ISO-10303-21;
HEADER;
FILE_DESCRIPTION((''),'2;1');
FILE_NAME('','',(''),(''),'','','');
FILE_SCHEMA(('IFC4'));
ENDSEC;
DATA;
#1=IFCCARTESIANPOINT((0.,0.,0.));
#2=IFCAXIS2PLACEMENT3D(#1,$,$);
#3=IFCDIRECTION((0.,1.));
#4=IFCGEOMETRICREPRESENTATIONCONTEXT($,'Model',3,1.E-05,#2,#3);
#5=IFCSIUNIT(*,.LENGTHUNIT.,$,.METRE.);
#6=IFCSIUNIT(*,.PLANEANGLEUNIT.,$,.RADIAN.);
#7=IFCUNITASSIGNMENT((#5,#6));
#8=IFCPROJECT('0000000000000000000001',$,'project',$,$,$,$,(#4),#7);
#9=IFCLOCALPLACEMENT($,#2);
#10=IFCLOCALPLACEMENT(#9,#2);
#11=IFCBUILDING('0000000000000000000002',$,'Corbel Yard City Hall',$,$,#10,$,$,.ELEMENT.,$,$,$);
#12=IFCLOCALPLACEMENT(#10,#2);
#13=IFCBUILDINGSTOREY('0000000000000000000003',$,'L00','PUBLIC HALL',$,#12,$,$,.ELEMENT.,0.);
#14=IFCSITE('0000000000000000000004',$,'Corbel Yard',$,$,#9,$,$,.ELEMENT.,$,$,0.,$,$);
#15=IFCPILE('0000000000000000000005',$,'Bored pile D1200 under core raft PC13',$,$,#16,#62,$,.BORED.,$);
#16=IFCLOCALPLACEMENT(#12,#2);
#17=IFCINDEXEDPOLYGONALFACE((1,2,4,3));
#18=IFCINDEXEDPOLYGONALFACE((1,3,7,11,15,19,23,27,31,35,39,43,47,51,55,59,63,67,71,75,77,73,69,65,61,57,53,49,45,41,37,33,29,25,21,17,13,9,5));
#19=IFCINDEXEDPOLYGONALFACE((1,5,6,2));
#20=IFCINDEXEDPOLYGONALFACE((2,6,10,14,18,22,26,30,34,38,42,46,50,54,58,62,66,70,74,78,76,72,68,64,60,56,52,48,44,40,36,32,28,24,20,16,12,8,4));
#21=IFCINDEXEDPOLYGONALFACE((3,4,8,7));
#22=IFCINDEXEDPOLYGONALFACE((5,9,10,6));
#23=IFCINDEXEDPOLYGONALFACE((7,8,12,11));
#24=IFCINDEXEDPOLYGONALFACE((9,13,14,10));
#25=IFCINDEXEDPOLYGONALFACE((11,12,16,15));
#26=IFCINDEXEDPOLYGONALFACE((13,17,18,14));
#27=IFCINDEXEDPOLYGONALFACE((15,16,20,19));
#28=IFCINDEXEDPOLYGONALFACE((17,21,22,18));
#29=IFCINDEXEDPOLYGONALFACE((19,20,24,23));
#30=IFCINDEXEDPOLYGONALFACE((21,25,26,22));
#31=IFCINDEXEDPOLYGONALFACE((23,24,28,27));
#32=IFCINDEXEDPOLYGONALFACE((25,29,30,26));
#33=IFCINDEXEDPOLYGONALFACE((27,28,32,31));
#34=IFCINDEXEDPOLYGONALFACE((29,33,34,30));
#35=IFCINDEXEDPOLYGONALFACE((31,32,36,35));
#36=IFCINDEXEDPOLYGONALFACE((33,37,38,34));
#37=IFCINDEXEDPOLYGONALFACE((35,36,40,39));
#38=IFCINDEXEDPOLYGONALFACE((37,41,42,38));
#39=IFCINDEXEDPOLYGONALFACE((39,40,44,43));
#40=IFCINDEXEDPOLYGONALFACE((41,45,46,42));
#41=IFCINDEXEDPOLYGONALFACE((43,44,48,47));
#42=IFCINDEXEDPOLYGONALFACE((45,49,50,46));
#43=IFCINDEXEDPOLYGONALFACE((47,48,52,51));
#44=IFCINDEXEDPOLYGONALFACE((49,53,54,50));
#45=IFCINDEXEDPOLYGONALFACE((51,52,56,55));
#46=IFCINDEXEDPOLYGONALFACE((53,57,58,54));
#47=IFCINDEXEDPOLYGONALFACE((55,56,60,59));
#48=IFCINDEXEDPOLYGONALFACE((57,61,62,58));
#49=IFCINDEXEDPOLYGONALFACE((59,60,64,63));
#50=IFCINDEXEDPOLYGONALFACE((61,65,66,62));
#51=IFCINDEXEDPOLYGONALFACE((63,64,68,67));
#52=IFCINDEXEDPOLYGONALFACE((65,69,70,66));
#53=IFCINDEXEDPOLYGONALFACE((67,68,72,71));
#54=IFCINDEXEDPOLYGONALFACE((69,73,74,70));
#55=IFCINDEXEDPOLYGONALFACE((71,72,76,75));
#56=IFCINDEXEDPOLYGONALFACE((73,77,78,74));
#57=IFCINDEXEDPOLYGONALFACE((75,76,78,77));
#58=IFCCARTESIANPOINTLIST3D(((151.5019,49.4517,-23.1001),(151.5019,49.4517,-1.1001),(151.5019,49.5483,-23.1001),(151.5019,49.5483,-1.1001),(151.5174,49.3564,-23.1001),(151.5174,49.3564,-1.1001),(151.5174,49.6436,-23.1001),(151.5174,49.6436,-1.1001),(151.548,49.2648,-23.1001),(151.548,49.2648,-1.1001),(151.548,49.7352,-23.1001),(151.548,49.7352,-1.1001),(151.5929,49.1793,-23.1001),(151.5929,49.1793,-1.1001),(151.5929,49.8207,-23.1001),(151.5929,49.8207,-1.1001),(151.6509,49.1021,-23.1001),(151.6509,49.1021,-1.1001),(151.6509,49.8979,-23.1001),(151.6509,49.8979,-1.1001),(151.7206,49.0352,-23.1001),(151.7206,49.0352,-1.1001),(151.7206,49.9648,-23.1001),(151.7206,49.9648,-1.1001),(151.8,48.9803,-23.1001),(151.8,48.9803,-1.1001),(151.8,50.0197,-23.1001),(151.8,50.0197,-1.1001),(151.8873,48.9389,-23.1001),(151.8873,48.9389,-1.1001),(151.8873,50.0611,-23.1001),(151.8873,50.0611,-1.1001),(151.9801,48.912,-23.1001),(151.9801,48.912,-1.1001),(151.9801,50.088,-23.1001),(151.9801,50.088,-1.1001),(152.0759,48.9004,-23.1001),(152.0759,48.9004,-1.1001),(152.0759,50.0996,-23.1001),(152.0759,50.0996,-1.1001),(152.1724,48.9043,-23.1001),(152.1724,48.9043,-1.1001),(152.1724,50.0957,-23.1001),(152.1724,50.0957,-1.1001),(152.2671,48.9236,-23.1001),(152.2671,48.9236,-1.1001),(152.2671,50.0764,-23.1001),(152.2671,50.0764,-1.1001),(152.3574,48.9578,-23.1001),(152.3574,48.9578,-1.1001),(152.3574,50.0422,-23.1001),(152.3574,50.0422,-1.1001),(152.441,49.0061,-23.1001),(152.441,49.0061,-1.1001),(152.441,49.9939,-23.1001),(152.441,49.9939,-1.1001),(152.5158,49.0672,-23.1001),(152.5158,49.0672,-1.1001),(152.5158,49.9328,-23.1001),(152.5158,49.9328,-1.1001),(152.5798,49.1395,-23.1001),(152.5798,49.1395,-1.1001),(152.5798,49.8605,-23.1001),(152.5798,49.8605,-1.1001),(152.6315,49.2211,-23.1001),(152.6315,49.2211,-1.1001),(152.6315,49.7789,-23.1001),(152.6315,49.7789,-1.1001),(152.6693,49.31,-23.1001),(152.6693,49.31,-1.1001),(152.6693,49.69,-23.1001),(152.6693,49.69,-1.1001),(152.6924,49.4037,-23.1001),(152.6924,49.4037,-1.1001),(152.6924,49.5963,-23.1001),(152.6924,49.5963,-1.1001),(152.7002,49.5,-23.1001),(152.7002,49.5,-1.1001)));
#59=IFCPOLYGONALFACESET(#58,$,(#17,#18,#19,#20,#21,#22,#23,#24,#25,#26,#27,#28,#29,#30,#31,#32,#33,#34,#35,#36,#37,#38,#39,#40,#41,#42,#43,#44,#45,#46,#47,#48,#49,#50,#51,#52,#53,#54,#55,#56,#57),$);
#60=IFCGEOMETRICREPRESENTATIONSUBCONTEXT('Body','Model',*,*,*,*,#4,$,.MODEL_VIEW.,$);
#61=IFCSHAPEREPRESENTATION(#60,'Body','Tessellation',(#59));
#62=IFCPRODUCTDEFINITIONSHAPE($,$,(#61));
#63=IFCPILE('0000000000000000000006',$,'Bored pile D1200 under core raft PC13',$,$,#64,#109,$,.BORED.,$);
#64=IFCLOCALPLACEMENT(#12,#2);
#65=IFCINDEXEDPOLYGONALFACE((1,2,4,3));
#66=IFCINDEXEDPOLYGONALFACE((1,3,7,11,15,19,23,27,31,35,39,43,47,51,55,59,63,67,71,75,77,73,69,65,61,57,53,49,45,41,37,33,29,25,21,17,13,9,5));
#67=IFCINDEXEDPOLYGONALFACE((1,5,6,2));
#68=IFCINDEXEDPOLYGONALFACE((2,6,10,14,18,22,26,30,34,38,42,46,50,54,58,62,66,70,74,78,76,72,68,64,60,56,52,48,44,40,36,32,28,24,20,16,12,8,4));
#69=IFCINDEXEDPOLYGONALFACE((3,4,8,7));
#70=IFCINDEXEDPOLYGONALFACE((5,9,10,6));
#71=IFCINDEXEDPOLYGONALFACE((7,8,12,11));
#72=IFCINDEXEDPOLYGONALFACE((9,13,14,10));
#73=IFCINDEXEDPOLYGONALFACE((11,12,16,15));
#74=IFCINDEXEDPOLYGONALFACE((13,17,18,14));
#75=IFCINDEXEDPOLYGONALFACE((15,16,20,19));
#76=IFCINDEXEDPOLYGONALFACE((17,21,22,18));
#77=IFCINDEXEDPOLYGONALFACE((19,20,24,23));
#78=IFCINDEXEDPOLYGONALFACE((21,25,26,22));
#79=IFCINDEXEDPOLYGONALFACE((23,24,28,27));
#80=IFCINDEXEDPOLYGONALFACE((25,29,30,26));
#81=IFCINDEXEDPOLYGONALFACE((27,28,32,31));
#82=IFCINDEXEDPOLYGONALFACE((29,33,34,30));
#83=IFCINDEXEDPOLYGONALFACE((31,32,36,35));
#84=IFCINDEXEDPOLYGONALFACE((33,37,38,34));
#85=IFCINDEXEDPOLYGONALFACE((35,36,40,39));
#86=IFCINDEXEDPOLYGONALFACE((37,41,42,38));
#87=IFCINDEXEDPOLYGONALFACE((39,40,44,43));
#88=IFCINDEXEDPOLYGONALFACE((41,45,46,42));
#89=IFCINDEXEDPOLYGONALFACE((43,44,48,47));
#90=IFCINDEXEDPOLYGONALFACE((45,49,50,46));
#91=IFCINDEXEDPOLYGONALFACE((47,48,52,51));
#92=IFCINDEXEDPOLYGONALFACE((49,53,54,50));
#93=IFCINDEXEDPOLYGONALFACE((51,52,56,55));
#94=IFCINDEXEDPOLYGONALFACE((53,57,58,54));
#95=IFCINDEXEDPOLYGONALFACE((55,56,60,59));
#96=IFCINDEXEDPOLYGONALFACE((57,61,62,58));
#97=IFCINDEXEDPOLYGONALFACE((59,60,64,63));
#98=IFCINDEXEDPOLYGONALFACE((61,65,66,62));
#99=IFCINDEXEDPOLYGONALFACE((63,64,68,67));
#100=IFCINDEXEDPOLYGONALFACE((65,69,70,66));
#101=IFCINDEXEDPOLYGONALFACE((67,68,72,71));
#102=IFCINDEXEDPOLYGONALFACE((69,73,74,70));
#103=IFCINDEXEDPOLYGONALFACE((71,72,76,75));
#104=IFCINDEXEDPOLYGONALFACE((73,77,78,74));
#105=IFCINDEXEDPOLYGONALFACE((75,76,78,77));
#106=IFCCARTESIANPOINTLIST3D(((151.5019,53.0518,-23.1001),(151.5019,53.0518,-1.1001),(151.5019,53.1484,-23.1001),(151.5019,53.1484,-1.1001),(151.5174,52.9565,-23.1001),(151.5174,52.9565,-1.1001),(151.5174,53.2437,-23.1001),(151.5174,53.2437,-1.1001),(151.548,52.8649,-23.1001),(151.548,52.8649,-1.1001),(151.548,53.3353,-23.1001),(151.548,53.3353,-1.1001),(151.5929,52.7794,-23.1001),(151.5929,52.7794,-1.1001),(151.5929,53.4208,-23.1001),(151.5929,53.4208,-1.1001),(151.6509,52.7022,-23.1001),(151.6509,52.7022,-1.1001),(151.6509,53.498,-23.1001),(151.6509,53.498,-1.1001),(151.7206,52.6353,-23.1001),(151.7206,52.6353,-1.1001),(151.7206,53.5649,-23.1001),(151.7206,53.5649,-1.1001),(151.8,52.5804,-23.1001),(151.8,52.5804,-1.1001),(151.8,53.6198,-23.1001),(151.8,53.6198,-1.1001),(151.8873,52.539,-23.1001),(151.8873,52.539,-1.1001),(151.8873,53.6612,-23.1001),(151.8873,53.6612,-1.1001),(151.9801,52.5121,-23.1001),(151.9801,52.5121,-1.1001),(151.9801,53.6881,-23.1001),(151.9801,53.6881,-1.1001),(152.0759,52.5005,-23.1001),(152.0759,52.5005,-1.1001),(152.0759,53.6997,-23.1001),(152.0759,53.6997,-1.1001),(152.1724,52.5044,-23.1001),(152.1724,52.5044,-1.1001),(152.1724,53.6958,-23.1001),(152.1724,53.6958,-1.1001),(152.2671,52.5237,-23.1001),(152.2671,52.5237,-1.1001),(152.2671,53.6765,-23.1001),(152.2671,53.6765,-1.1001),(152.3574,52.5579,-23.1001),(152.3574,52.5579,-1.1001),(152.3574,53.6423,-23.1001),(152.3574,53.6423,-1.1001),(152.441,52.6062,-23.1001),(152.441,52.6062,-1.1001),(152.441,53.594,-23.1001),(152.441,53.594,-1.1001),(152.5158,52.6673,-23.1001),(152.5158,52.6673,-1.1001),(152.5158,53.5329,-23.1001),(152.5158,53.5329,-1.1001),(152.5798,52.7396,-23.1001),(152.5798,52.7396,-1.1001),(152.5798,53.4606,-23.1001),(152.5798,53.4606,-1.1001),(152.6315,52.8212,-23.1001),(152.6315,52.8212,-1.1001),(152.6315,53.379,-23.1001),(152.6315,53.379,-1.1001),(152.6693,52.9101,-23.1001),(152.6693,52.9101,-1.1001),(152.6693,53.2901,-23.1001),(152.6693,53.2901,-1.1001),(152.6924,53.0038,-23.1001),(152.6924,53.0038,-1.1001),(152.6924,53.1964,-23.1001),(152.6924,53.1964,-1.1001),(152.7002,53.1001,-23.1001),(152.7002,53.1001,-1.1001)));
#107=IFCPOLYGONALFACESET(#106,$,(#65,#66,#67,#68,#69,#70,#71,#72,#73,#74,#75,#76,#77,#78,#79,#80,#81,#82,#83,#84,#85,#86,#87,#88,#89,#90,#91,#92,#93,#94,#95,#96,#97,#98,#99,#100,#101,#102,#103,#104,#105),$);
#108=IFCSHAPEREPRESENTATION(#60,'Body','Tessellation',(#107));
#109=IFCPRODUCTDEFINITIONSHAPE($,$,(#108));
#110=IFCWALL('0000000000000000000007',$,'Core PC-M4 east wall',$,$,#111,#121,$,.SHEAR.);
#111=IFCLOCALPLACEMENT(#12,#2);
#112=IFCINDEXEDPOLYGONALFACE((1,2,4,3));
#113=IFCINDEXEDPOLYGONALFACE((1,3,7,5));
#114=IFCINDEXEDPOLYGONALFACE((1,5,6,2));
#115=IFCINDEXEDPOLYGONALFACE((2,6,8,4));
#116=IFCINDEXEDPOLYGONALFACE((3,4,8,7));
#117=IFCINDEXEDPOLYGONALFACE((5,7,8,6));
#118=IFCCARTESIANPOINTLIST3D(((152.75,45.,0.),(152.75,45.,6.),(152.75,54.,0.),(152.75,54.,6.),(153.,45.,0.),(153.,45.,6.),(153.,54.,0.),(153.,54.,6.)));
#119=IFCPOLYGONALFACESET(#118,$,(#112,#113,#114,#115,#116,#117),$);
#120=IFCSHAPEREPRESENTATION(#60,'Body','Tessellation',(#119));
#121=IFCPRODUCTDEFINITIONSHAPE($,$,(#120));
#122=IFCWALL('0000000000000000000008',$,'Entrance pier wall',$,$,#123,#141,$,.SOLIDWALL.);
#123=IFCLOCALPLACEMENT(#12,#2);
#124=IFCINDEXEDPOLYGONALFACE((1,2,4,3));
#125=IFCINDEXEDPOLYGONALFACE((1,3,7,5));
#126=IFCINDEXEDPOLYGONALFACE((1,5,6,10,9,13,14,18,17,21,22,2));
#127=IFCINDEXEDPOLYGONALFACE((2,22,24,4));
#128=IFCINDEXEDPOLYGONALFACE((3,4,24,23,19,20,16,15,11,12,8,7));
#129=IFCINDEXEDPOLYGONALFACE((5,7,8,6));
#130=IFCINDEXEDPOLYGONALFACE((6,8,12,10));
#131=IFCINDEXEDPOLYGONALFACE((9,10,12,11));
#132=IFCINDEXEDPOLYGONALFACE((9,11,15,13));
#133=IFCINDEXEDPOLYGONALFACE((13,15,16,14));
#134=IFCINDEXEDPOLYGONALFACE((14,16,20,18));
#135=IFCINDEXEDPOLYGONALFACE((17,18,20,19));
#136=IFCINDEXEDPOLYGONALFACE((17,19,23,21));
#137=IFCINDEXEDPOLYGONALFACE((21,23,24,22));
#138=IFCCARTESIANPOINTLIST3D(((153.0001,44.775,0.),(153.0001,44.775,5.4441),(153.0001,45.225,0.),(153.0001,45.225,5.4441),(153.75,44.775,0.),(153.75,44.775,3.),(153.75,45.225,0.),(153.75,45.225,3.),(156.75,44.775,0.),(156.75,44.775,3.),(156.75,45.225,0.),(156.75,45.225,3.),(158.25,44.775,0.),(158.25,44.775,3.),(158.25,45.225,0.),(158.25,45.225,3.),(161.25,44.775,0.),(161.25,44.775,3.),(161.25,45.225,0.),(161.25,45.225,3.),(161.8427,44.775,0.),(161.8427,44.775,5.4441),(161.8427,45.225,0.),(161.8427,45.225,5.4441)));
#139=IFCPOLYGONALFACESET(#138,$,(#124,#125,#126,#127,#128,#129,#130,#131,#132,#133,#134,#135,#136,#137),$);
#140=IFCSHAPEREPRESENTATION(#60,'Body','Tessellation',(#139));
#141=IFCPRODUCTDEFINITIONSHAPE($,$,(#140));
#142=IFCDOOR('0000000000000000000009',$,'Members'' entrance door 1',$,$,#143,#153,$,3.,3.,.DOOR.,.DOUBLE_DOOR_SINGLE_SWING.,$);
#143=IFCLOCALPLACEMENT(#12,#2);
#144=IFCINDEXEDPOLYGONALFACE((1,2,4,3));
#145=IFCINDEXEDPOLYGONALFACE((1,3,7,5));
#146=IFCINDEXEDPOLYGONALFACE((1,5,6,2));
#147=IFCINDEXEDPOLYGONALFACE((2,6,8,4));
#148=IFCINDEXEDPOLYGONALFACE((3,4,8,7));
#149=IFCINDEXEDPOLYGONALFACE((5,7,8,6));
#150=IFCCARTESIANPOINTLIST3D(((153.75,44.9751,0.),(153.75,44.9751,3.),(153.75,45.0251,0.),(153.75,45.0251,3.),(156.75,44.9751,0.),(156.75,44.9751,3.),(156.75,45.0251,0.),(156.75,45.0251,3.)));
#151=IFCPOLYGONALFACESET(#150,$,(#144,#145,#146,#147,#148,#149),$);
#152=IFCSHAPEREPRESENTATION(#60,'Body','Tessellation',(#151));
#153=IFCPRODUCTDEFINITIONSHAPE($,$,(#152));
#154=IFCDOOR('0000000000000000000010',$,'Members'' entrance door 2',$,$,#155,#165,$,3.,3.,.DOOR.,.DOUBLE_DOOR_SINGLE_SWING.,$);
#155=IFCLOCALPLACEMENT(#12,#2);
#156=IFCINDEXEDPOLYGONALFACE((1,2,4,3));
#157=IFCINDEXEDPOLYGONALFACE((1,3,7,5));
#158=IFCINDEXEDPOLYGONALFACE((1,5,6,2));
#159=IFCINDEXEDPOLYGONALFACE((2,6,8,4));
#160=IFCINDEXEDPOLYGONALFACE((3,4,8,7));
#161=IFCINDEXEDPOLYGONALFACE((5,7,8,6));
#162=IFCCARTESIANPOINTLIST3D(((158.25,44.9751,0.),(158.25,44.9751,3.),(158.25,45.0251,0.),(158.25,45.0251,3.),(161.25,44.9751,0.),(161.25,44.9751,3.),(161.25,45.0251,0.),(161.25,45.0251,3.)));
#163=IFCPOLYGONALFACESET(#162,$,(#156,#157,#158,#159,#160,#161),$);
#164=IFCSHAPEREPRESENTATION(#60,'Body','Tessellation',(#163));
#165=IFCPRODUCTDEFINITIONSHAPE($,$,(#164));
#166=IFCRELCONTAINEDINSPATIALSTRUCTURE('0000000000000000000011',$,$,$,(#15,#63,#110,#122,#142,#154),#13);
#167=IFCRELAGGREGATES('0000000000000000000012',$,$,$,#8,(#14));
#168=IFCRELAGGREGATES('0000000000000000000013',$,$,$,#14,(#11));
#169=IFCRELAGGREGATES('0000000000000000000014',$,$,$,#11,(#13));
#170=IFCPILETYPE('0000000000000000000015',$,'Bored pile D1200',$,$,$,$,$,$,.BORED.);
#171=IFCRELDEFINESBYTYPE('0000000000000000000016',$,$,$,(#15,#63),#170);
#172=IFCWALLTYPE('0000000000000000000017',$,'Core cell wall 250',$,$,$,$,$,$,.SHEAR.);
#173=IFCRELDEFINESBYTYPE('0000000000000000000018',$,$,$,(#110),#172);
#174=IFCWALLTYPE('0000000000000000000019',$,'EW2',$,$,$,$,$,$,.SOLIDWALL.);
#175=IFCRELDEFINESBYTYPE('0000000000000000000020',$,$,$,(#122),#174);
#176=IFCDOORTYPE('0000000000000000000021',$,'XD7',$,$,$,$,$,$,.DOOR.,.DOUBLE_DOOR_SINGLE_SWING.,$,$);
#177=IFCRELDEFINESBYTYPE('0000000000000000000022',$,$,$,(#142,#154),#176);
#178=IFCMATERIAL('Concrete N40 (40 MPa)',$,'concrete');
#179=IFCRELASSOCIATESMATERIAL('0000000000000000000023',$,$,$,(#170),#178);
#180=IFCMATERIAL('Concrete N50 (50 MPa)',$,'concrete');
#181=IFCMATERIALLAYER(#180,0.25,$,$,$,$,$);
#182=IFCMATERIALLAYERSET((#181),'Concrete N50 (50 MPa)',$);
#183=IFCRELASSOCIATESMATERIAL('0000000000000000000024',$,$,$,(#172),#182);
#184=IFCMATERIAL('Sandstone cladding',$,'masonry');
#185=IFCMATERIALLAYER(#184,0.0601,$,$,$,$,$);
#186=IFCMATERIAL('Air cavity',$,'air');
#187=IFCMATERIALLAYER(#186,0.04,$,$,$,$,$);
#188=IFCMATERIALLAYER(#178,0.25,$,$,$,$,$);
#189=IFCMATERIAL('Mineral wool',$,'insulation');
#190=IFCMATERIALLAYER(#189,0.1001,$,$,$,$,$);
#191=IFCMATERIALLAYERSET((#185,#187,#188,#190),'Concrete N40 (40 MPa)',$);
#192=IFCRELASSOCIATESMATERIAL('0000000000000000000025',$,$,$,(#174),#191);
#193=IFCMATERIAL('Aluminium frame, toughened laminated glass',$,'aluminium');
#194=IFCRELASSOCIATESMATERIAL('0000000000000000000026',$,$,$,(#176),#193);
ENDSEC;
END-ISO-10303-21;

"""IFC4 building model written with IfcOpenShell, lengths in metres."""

from ifc_helpers import new_model, si_unit, direction, frame, frame_2d, origin, origin_2d, place, context, subcontext, project, spatial, rectangle, circle, extrude, material, layer, layer_set, material_profile, profile_set, type_object, element, fill, save


model = new_model("IFC4")

# Units and contexts
model_context = context("Model", 3, precision=1e-05, world=origin(), true_north=direction((0.0, 1.0)))
body_context = subcontext(model_context, "Body", "Model", "MODEL_VIEW")
ifc_project = project(units=[si_unit("LENGTHUNIT", "METRE"), si_unit("PLANEANGLEUNIT", "RADIAN")], contexts=[model_context])

# Site, building, storey
site_placement = place(None, origin())
site = spatial("IfcSite", under=ifc_project, at=site_placement, Name="Corbel Yard", CompositionType="ELEMENT", RefElevation=0.0)
building_placement = place(site_placement, origin())
building = spatial("IfcBuilding", under=site, at=building_placement, Name="Corbel Yard City Hall", CompositionType="ELEMENT")
storey_placement = place(building_placement, origin())
storey = spatial("IfcBuildingStorey", under=building, at=storey_placement, Name="L00", Description="PUBLIC HALL", CompositionType="ELEMENT", Elevation=0.0)

# Piles
ifc_material_1 = material(Name="Concrete N40 (40 MPa)", Category="concrete")
ifc_material_profile = material_profile(ifc_material_1, circle(Radius=0.6001, at=origin_2d()), Name="D1200")
ifc_profile_set = profile_set([ifc_material_profile], Name="Concrete N40 (40 MPa)")
pile_type = type_object("IfcPileType", Name="Bored pile D1200", PredefinedType="BORED", material=ifc_profile_set)
for number, where, z_axis, x_axis, name in (
    (1, (152.1001, 49.5, -1.1001), (0.0, 0.0, -1.0), (1.0, 0.0, 0.0), "Bored pile D1200 under core raft PC13"),
    (2, (152.1001, 53.1001, -1.1001), (0.0, 0.0, -1.0), (1.0, 0.0, 0.0), "Bored pile D1200 under core raft PC13"),
):
    element("IfcPile", number, at=place(storey_placement, frame(where, z_axis=z_axis, x_axis=x_axis)), inside=storey, type_object=pile_type, Name=name, PredefinedType="BORED", context=body_context, shape_type="SweptSolid", body=[
        extrude(circle(Radius=0.6001, at=origin_2d()), origin(), (0.0, 0.0, 1.0), 22.0),
    ])

# Wall
ifc_material_2 = material(Name="Concrete N50 (50 MPa)", Category="concrete")
ifc_layer_1 = layer(ifc_material_2, 0.25)
ifc_layer_set_1 = layer_set([ifc_layer_1], Name="Concrete N50 (50 MPa)")
wall_type_1 = type_object("IfcWallType", Name="Core cell wall 250", PredefinedType="SHEAR", material=ifc_layer_set_1)
wall_1_placement = place(storey_placement, frame((152.875, 45.0, 0.0), z_axis=(0.0, 0.0, 1.0), x_axis=(0.0, 1.0, 0.0)))
element("IfcWall", 3, at=wall_1_placement, inside=storey, type_object=wall_type_1, Name="Core PC-M4 east wall", PredefinedType="SHEAR", context=body_context, shape_type="SweptSolid", body=[
    extrude(rectangle(XDim=9.0, YDim=0.25, at=frame_2d((4.5, 0.0))), origin(), (0.0, 0.0, 1.0), 6.0),
])

# Wall, openings, doors
ifc_material_3 = material(Name="Sandstone cladding", Category="masonry")
ifc_layer_2 = layer(ifc_material_3, 0.0601)
ifc_material_4 = material(Name="Air cavity", Category="air")
ifc_layer_3 = layer(ifc_material_4, 0.04)
ifc_layer_4 = layer(ifc_material_1, 0.25)
ifc_material_5 = material(Name="Mineral wool", Category="insulation")
ifc_layer_5 = layer(ifc_material_5, 0.1001)
ifc_layer_set_2 = layer_set([ifc_layer_2, ifc_layer_3, ifc_layer_4, ifc_layer_5], Name="Concrete N40 (40 MPa)")
wall_type_2 = type_object("IfcWallType", Name="EW2", PredefinedType="SOLIDWALL", material=ifc_layer_set_2)
wall_2_placement = place(storey_placement, frame((153.0, 45.0, 0.0), z_axis=(0.0, 0.0, 1.0), x_axis=(1.0, 0.0, 0.0)))
wall_2 = element("IfcWall", 4, at=wall_2_placement, inside=storey, type_object=wall_type_2, Name="Entrance pier wall", PredefinedType="SOLIDWALL", context=body_context, shape_type="SweptSolid", body=[
    extrude(rectangle(XDim=8.8425, YDim=0.45, at=frame_2d((4.4214, 0.0))), origin(), (0.0, 0.0, 1.0), 5.4441),
])
opening_1_placement = place(wall_2_placement, frame((0.75, 0.0, 0.0)))
opening_1 = element("IfcOpeningElement", 5, at=opening_1_placement, cuts=wall_2, PredefinedType="OPENING", context=body_context, shape_type="SweptSolid", body=[
    extrude(rectangle(XDim=3.0, YDim=3.0, at=frame_2d((1.5, 1.5))), frame((0.0, 0.2349, 0.0), z_axis=(0.0, -1.0, 0.0), x_axis=(1.0, 0.0, 0.0)), (0.0, 0.0, 1.0), 0.47),
])
opening_2_placement = place(wall_2_placement, frame((5.25, 0.0, 0.0)))
opening_2 = element("IfcOpeningElement", 6, at=opening_2_placement, cuts=wall_2, PredefinedType="OPENING", context=body_context, shape_type="SweptSolid", body=[
    extrude(rectangle(XDim=3.0, YDim=3.0, at=frame_2d((1.5, 1.5))), frame((0.0, 0.2349, 0.0), z_axis=(0.0, -1.0, 0.0), x_axis=(1.0, 0.0, 0.0)), (0.0, 0.0, 1.0), 0.47),
])
ifc_material_6 = material(Name="Aluminium frame, toughened laminated glass", Category="aluminium")
door_type_1 = type_object("IfcDoorType", Name="XD7", OperationType="DOUBLE_DOOR_SINGLE_SWING", PredefinedType="DOOR", material=ifc_material_6)
door_1_placement = place(opening_1_placement, frame((3.0, 0.0, 0.0), z_axis=(0.0, 0.0, 1.0), x_axis=(-1.0, 0.0, 0.0)))
door_1 = element("IfcDoor", 7, at=door_1_placement, inside=storey, type_object=door_type_1, Name="Members' entrance door 1", OperationType="DOUBLE_DOOR_SINGLE_SWING", OverallHeight=3.0, OverallWidth=3.0, PredefinedType="DOOR", context=body_context, shape_type="SweptSolid", body=[
    extrude(rectangle(XDim=3.0, YDim=3.0, at=frame_2d((1.5, 1.5))), frame((0.0, 0.0249, 0.0), z_axis=(0.0, -1.0, 0.0), x_axis=(1.0, 0.0, 0.0)), (0.0, 0.0, 1.0), 0.05),
])
fill(opening_1, door_1)
door_2_placement = place(opening_2_placement, frame((3.0, 0.0, 0.0), z_axis=(0.0, 0.0, 1.0), x_axis=(-1.0, 0.0, 0.0)))
door_2 = element("IfcDoor", 8, at=door_2_placement, inside=storey, type_object=door_type_1, Name="Members' entrance door 2", OperationType="DOUBLE_DOOR_SINGLE_SWING", OverallHeight=3.0, OverallWidth=3.0, PredefinedType="DOOR", context=body_context, shape_type="SweptSolid", body=[
    extrude(rectangle(XDim=3.0, YDim=3.0, at=frame_2d((1.5, 1.5))), frame((0.0, 0.0249, 0.0), z_axis=(0.0, -1.0, 0.0), x_axis=(1.0, 0.0, 0.0)), (0.0, 0.0, 1.0), 0.05),
])
fill(opening_2, door_2)

save(model, "model.ifc")
